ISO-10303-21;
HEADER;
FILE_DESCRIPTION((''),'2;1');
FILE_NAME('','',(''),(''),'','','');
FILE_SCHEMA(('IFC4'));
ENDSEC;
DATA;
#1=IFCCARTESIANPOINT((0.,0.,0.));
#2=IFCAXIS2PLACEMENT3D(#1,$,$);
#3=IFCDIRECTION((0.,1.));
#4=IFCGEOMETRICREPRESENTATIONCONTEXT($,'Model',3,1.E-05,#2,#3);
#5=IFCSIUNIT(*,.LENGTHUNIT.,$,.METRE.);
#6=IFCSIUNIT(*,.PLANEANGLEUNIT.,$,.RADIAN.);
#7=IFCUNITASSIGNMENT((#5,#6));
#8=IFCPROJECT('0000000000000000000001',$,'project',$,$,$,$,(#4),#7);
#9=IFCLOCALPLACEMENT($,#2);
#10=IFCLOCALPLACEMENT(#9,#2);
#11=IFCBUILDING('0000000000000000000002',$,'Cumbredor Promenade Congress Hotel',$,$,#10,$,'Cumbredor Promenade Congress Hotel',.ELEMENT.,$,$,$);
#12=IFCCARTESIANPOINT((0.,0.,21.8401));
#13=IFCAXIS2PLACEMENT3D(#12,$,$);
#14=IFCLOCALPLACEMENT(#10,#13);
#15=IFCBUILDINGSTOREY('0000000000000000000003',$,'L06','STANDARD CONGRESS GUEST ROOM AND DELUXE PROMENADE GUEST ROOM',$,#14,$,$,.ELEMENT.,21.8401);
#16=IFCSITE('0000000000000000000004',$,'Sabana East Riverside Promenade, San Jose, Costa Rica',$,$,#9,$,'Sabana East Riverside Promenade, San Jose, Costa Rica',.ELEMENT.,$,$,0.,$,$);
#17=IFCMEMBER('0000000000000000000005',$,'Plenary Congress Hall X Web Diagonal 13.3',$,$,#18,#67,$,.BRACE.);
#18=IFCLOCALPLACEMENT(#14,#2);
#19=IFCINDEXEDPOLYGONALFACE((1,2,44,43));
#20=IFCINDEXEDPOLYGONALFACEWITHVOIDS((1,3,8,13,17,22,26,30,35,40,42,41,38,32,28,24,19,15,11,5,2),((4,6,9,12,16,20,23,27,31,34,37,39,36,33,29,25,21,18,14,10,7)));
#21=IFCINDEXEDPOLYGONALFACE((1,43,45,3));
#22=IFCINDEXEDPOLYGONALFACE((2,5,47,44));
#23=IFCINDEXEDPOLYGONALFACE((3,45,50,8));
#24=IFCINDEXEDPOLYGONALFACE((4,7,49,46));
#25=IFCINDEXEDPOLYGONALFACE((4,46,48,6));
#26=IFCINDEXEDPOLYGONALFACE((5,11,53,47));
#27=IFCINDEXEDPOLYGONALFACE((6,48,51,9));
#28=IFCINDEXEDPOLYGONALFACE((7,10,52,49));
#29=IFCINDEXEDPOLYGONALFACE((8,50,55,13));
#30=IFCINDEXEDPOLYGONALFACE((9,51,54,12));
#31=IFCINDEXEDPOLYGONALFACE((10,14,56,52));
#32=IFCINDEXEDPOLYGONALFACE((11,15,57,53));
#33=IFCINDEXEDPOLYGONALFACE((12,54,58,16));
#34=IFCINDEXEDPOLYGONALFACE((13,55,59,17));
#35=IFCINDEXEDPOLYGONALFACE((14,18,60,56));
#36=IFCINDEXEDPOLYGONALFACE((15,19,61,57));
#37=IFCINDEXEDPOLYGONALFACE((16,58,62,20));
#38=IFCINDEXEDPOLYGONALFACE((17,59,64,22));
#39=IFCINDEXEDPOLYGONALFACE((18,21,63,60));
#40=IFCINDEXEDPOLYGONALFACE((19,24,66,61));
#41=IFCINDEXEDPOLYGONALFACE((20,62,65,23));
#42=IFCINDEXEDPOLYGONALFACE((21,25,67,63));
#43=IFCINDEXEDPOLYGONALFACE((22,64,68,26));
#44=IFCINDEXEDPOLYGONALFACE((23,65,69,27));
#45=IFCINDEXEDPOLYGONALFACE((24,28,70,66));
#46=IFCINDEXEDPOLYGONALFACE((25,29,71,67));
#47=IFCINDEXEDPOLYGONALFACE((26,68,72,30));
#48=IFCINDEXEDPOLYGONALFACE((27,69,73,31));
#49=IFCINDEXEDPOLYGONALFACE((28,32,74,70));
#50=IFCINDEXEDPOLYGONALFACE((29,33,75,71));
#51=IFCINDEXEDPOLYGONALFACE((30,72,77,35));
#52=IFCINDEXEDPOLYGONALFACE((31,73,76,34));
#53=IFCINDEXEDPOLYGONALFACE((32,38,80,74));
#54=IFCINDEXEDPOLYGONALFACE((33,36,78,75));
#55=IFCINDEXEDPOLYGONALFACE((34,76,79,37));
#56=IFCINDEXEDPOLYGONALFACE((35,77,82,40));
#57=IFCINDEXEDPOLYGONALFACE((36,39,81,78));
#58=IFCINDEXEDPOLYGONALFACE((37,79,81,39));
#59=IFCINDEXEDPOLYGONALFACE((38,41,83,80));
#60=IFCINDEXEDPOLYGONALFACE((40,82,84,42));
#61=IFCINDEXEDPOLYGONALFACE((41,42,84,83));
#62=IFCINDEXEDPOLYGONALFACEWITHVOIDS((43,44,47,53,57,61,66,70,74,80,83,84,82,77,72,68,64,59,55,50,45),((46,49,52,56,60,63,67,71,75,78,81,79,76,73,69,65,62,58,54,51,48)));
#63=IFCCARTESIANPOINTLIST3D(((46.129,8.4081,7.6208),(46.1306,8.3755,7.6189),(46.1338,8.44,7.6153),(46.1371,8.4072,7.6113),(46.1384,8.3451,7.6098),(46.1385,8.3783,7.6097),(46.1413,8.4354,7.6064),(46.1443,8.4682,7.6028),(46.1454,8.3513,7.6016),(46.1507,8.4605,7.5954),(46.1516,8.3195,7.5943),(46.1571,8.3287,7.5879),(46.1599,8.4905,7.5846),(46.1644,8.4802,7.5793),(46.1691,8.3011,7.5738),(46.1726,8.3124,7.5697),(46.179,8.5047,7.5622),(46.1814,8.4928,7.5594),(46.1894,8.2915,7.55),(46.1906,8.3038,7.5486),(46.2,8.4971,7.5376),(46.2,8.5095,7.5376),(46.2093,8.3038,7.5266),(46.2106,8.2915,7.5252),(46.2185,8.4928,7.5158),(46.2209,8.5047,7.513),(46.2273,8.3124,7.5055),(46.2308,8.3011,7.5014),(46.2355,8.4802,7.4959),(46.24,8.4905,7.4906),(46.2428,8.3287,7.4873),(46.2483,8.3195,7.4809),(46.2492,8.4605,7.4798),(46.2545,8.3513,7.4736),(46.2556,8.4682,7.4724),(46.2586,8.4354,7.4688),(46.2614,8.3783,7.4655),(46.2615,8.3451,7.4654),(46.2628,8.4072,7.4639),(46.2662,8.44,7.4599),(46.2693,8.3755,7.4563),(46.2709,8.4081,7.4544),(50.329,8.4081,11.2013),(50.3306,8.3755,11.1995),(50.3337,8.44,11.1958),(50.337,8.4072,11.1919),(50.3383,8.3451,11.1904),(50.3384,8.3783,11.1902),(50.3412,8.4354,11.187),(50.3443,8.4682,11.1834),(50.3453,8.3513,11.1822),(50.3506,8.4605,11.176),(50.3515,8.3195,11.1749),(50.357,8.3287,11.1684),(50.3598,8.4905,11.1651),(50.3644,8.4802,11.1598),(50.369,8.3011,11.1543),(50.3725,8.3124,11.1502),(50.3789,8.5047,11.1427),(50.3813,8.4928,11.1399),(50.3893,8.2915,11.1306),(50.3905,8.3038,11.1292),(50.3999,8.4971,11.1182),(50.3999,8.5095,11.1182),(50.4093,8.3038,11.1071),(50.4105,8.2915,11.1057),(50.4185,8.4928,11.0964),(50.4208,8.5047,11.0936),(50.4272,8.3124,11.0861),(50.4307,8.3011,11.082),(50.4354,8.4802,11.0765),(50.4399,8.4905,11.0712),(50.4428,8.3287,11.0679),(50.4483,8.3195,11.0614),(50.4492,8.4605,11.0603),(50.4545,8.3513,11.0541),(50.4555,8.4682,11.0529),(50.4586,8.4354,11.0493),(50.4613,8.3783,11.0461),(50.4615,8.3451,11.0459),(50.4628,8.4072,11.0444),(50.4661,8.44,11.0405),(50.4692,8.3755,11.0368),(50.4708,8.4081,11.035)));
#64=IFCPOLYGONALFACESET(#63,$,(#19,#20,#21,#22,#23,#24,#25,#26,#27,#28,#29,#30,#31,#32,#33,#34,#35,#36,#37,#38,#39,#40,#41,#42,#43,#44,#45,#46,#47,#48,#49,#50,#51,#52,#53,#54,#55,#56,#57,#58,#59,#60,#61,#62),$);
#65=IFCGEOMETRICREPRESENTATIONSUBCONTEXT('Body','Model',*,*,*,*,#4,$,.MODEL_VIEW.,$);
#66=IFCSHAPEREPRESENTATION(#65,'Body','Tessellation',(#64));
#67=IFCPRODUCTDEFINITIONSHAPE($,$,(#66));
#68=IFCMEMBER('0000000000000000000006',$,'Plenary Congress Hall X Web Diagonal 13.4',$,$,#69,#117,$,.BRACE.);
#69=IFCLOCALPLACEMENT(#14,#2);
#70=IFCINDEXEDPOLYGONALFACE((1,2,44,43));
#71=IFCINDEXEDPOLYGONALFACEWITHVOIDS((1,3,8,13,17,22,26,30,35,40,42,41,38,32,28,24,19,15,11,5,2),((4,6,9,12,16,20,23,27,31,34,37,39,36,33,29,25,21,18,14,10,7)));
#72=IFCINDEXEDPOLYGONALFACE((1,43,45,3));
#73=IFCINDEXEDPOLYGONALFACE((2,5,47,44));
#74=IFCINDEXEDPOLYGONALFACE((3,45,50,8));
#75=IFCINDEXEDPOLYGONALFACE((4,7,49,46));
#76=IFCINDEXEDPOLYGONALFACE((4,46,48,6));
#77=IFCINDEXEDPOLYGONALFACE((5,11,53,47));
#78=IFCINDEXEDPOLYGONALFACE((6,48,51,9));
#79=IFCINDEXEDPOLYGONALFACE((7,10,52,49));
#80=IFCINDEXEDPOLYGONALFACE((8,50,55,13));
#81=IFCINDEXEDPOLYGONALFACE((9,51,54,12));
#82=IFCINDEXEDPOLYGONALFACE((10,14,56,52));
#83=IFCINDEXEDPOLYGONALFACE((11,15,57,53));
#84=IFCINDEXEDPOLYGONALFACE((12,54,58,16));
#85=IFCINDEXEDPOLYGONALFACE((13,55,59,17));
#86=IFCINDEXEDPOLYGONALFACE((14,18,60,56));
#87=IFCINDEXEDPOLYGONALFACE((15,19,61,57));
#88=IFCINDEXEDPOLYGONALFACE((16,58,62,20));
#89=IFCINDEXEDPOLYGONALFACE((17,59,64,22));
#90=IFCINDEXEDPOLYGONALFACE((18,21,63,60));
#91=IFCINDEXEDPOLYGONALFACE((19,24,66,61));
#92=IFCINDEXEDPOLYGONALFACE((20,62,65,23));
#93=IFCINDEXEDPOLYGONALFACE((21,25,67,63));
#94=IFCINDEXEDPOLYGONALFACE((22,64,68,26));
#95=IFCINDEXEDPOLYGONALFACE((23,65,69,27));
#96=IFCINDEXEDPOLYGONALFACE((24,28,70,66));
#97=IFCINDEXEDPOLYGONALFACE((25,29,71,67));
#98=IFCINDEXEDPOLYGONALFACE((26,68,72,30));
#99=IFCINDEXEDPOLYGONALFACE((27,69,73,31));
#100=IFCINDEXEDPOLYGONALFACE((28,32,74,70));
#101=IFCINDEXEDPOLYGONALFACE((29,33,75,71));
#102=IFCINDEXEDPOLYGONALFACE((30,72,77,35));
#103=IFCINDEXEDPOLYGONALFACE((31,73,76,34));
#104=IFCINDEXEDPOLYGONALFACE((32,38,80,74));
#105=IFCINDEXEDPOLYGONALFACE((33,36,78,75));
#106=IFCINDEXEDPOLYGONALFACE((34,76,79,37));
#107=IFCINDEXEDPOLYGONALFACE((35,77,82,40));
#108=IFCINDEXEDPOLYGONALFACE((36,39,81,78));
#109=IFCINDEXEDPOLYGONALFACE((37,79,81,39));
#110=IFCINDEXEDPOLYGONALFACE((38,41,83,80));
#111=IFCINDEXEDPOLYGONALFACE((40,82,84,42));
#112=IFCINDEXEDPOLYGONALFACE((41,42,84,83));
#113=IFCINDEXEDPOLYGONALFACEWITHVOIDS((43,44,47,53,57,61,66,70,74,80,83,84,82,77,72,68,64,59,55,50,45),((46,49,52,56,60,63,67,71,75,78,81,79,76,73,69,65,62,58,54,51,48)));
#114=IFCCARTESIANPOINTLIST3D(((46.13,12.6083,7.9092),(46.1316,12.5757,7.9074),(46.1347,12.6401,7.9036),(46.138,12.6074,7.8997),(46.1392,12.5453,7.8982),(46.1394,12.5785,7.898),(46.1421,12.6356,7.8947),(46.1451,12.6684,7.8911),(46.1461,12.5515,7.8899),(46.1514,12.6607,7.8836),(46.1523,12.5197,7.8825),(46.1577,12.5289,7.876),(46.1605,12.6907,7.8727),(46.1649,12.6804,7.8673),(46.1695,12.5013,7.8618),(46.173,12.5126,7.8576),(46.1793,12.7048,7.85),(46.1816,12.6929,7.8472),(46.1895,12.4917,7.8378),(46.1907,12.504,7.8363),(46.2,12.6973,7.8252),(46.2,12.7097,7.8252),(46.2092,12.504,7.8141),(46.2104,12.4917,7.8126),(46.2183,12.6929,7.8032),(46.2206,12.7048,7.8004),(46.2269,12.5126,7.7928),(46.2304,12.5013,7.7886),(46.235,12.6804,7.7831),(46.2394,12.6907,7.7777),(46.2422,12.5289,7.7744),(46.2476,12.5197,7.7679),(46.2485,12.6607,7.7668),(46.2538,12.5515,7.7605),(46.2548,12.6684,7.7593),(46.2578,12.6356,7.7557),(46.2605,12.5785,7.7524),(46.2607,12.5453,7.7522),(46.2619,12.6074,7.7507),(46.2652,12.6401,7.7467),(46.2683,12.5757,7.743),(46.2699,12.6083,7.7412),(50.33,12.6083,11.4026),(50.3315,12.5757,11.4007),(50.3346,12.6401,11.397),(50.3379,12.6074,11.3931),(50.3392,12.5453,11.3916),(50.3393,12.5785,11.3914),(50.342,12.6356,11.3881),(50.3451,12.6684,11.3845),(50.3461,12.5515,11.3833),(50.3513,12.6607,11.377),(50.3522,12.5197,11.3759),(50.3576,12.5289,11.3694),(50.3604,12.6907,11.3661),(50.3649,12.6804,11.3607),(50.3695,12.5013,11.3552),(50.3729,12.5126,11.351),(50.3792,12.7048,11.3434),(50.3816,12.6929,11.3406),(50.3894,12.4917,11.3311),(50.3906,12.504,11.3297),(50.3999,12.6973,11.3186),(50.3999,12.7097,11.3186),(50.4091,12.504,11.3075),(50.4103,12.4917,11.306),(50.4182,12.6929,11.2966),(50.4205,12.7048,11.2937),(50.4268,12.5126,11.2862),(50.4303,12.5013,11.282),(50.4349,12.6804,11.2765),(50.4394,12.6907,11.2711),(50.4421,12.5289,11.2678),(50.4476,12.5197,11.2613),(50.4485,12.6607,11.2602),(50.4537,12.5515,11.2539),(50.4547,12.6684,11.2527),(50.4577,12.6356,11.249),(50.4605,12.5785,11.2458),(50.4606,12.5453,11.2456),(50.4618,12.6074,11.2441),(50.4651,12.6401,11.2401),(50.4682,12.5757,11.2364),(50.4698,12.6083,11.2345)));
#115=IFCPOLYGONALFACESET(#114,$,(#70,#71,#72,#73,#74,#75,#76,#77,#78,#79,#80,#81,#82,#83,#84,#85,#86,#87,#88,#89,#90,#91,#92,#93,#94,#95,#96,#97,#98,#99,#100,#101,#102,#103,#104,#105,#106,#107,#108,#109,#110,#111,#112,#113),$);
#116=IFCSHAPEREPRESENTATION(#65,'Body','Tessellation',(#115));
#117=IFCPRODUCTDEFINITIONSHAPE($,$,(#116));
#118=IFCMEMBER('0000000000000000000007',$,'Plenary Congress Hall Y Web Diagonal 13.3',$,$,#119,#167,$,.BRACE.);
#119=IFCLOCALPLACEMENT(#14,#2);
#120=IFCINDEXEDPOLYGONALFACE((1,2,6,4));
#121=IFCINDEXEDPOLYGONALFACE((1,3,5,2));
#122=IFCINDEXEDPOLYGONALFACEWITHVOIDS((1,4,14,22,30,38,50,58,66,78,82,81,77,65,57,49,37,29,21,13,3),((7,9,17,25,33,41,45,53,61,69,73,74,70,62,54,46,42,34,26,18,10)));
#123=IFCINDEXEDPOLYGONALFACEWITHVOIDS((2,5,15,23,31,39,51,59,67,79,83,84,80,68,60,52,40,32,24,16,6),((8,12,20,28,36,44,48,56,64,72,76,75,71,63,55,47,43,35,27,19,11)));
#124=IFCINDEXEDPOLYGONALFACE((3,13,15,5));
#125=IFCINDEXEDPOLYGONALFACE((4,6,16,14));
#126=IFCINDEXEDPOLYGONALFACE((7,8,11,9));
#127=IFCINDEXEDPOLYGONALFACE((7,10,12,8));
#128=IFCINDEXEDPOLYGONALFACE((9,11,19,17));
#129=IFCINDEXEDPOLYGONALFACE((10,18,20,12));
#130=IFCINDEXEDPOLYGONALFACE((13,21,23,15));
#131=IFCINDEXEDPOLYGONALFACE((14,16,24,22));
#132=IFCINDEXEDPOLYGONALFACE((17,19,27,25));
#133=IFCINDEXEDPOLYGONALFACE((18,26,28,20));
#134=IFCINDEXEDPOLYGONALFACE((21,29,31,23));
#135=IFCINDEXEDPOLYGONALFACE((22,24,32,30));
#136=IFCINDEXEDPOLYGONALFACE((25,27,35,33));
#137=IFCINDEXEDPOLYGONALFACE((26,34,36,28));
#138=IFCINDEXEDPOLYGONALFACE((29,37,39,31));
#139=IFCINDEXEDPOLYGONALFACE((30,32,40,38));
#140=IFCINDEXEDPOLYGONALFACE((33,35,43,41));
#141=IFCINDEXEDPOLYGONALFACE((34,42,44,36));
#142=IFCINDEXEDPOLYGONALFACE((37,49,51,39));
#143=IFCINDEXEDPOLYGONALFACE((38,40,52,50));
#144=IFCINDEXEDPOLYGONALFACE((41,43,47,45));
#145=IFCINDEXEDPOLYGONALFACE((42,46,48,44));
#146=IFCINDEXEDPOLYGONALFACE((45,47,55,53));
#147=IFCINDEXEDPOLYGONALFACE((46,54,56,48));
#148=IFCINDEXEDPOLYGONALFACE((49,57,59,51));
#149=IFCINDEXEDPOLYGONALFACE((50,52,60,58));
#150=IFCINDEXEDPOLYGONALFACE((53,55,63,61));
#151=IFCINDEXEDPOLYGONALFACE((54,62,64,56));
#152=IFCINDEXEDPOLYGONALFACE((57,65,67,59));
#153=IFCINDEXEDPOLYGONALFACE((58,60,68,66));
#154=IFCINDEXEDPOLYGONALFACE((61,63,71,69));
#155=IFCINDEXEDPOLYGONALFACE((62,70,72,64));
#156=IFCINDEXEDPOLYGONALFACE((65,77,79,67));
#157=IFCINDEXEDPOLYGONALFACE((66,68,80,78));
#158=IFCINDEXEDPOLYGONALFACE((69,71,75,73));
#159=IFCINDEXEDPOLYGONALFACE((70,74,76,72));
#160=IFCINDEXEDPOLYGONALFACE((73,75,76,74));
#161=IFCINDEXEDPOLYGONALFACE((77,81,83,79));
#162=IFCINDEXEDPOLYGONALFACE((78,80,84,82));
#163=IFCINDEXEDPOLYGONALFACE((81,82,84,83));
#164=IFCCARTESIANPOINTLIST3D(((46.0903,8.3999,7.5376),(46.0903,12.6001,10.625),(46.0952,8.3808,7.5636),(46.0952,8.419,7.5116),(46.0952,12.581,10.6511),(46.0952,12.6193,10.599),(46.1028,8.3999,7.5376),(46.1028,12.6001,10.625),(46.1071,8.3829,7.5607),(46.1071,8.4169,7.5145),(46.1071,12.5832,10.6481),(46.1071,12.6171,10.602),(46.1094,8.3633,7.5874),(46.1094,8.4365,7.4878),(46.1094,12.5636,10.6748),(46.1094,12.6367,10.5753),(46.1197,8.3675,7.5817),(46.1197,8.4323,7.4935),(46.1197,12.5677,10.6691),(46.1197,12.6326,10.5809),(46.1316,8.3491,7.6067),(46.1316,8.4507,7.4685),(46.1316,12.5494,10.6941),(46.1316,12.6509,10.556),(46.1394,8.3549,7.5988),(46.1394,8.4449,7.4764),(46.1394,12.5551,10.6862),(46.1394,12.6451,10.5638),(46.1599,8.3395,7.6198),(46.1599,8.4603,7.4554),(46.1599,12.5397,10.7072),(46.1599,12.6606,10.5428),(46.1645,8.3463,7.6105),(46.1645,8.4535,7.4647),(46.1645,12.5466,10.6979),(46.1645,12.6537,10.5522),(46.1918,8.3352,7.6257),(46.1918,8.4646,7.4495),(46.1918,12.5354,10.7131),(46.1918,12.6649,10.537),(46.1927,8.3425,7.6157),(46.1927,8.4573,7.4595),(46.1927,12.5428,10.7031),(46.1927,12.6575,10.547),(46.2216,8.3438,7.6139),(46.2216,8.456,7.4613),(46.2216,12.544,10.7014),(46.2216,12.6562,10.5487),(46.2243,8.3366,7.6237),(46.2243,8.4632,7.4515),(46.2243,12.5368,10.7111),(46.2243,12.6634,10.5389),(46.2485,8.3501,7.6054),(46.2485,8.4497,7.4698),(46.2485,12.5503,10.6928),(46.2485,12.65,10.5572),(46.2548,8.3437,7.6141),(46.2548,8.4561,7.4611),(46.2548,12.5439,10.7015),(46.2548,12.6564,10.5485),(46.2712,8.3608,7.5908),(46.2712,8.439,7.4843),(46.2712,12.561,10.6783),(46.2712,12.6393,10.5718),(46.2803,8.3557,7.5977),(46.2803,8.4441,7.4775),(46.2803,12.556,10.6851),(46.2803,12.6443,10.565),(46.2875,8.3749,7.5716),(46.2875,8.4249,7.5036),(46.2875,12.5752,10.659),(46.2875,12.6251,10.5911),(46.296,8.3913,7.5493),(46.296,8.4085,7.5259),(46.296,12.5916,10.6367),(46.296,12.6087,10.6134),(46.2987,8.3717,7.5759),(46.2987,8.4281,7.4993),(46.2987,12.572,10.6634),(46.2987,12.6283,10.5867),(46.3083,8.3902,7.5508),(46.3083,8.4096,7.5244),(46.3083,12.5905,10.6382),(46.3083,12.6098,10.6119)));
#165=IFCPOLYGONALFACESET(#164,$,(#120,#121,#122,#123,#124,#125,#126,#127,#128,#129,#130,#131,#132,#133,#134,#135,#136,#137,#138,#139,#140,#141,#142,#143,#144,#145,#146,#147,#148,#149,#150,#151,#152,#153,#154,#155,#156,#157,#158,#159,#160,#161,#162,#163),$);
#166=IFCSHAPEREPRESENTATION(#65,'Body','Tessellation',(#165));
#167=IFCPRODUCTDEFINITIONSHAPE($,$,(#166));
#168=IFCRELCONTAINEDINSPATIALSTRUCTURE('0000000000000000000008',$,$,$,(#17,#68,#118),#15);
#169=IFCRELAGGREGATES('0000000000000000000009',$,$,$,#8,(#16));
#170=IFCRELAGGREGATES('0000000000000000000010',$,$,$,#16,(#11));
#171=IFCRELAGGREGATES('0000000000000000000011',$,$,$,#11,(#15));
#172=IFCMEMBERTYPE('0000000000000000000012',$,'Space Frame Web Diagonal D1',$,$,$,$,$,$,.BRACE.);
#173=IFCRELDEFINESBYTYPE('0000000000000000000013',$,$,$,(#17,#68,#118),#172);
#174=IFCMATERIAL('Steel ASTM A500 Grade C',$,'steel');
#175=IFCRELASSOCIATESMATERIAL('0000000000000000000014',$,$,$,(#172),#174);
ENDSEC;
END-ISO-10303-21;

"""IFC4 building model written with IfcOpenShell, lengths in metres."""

from ifc_helpers import new_model, si_unit, direction, frame, origin, origin_2d, place, context, subcontext, project, spatial, hollow_circle, extrude, material, material_profile, profile_set, type_object, element, save


model = new_model("IFC4")

# Units and contexts
model_context = context("Model", 3, precision=1e-05, world=origin(), true_north=direction((0.0, 1.0)))
body_context = subcontext(model_context, "Body", "Model", "MODEL_VIEW")
ifc_project = project(units=[si_unit("LENGTHUNIT", "METRE"), si_unit("PLANEANGLEUNIT", "RADIAN")], contexts=[model_context])

# Site, building, storey
site_placement = place(None, origin())
site = spatial("IfcSite", under=ifc_project, at=site_placement, Name="Sabana East Riverside Promenade, San Jose, Costa Rica", LongName="Sabana East Riverside Promenade, San Jose, Costa Rica", CompositionType="ELEMENT", RefElevation=0.0)
building_placement = place(site_placement, origin())
building = spatial("IfcBuilding", under=site, at=building_placement, Name="Cumbredor Promenade Congress Hotel", LongName="Cumbredor Promenade Congress Hotel", CompositionType="ELEMENT")
storey_placement = place(building_placement, frame((0.0, 0.0, 21.8401)))
storey = spatial("IfcBuildingStorey", under=building, at=storey_placement, Name="L06", Description="STANDARD CONGRESS GUEST ROOM AND DELUXE PROMENADE GUEST ROOM", CompositionType="ELEMENT", Elevation=21.8401)

# Members
ifc_material_1 = material(Name="Steel ASTM A500 Grade C", Category="steel")
ifc_material_profile_1 = material_profile(ifc_material_1, hollow_circle(Radius=0.1096, WallThickness=0.0125, at=origin_2d()), Name="CHS 219.1x12.5")
ifc_profile_set_1 = profile_set([ifc_material_profile_1], Name="Steel ASTM A500 Grade C")
member_type_1 = type_object("IfcMemberType", Name="Space Frame Web Diagonal D1", PredefinedType="BRACE", material=ifc_profile_set_1)
member_1_placement = place(storey_placement, frame((46.2, 8.3999, 7.5376), z_axis=(0.76099, 0.0, 0.648764), x_axis=(0.0, 1.0, 0.0)))
element("IfcMember", 1, at=member_1_placement, inside=storey, type_object=member_type_1, Name="Plenary Congress Hall X Web Diagonal 13.3", PredefinedType="BRACE", context=body_context, shape_type="SweptSolid", body=[
    extrude(hollow_circle(Radius=0.1096, WallThickness=0.0125, at=origin_2d()), origin(), (0.0, 0.0, 1.0), 5.519),
])
member_2_placement = place(storey_placement, frame((46.2, 12.6001, 7.8252), z_axis=(0.768811, 0.0, 0.639476), x_axis=(0.0, 1.0, 0.0)))
element("IfcMember", 2, at=member_2_placement, inside=storey, type_object=member_type_1, Name="Plenary Congress Hall X Web Diagonal 13.4", PredefinedType="BRACE", context=body_context, shape_type="SweptSolid", body=[
    extrude(hollow_circle(Radius=0.1096, WallThickness=0.0125, at=origin_2d()), origin(), (0.0, 0.0, 1.0), 5.4629),
])
member_3_placement = place(storey_placement, frame((46.2, 8.3999, 7.5376), z_axis=(0.0, 0.80574, 0.592269), x_axis=(-1.0, 0.0, 0.0)))
element("IfcMember", 3, at=member_3_placement, inside=storey, type_object=member_type_1, Name="Plenary Congress Hall Y Web Diagonal 13.3", PredefinedType="BRACE", context=body_context, shape_type="SweptSolid", body=[
    extrude(hollow_circle(Radius=0.1096, WallThickness=0.0125, at=origin_2d()), origin(), (0.0, 0.0, 1.0), 5.2129),
])

save(model, "model.ifc")
